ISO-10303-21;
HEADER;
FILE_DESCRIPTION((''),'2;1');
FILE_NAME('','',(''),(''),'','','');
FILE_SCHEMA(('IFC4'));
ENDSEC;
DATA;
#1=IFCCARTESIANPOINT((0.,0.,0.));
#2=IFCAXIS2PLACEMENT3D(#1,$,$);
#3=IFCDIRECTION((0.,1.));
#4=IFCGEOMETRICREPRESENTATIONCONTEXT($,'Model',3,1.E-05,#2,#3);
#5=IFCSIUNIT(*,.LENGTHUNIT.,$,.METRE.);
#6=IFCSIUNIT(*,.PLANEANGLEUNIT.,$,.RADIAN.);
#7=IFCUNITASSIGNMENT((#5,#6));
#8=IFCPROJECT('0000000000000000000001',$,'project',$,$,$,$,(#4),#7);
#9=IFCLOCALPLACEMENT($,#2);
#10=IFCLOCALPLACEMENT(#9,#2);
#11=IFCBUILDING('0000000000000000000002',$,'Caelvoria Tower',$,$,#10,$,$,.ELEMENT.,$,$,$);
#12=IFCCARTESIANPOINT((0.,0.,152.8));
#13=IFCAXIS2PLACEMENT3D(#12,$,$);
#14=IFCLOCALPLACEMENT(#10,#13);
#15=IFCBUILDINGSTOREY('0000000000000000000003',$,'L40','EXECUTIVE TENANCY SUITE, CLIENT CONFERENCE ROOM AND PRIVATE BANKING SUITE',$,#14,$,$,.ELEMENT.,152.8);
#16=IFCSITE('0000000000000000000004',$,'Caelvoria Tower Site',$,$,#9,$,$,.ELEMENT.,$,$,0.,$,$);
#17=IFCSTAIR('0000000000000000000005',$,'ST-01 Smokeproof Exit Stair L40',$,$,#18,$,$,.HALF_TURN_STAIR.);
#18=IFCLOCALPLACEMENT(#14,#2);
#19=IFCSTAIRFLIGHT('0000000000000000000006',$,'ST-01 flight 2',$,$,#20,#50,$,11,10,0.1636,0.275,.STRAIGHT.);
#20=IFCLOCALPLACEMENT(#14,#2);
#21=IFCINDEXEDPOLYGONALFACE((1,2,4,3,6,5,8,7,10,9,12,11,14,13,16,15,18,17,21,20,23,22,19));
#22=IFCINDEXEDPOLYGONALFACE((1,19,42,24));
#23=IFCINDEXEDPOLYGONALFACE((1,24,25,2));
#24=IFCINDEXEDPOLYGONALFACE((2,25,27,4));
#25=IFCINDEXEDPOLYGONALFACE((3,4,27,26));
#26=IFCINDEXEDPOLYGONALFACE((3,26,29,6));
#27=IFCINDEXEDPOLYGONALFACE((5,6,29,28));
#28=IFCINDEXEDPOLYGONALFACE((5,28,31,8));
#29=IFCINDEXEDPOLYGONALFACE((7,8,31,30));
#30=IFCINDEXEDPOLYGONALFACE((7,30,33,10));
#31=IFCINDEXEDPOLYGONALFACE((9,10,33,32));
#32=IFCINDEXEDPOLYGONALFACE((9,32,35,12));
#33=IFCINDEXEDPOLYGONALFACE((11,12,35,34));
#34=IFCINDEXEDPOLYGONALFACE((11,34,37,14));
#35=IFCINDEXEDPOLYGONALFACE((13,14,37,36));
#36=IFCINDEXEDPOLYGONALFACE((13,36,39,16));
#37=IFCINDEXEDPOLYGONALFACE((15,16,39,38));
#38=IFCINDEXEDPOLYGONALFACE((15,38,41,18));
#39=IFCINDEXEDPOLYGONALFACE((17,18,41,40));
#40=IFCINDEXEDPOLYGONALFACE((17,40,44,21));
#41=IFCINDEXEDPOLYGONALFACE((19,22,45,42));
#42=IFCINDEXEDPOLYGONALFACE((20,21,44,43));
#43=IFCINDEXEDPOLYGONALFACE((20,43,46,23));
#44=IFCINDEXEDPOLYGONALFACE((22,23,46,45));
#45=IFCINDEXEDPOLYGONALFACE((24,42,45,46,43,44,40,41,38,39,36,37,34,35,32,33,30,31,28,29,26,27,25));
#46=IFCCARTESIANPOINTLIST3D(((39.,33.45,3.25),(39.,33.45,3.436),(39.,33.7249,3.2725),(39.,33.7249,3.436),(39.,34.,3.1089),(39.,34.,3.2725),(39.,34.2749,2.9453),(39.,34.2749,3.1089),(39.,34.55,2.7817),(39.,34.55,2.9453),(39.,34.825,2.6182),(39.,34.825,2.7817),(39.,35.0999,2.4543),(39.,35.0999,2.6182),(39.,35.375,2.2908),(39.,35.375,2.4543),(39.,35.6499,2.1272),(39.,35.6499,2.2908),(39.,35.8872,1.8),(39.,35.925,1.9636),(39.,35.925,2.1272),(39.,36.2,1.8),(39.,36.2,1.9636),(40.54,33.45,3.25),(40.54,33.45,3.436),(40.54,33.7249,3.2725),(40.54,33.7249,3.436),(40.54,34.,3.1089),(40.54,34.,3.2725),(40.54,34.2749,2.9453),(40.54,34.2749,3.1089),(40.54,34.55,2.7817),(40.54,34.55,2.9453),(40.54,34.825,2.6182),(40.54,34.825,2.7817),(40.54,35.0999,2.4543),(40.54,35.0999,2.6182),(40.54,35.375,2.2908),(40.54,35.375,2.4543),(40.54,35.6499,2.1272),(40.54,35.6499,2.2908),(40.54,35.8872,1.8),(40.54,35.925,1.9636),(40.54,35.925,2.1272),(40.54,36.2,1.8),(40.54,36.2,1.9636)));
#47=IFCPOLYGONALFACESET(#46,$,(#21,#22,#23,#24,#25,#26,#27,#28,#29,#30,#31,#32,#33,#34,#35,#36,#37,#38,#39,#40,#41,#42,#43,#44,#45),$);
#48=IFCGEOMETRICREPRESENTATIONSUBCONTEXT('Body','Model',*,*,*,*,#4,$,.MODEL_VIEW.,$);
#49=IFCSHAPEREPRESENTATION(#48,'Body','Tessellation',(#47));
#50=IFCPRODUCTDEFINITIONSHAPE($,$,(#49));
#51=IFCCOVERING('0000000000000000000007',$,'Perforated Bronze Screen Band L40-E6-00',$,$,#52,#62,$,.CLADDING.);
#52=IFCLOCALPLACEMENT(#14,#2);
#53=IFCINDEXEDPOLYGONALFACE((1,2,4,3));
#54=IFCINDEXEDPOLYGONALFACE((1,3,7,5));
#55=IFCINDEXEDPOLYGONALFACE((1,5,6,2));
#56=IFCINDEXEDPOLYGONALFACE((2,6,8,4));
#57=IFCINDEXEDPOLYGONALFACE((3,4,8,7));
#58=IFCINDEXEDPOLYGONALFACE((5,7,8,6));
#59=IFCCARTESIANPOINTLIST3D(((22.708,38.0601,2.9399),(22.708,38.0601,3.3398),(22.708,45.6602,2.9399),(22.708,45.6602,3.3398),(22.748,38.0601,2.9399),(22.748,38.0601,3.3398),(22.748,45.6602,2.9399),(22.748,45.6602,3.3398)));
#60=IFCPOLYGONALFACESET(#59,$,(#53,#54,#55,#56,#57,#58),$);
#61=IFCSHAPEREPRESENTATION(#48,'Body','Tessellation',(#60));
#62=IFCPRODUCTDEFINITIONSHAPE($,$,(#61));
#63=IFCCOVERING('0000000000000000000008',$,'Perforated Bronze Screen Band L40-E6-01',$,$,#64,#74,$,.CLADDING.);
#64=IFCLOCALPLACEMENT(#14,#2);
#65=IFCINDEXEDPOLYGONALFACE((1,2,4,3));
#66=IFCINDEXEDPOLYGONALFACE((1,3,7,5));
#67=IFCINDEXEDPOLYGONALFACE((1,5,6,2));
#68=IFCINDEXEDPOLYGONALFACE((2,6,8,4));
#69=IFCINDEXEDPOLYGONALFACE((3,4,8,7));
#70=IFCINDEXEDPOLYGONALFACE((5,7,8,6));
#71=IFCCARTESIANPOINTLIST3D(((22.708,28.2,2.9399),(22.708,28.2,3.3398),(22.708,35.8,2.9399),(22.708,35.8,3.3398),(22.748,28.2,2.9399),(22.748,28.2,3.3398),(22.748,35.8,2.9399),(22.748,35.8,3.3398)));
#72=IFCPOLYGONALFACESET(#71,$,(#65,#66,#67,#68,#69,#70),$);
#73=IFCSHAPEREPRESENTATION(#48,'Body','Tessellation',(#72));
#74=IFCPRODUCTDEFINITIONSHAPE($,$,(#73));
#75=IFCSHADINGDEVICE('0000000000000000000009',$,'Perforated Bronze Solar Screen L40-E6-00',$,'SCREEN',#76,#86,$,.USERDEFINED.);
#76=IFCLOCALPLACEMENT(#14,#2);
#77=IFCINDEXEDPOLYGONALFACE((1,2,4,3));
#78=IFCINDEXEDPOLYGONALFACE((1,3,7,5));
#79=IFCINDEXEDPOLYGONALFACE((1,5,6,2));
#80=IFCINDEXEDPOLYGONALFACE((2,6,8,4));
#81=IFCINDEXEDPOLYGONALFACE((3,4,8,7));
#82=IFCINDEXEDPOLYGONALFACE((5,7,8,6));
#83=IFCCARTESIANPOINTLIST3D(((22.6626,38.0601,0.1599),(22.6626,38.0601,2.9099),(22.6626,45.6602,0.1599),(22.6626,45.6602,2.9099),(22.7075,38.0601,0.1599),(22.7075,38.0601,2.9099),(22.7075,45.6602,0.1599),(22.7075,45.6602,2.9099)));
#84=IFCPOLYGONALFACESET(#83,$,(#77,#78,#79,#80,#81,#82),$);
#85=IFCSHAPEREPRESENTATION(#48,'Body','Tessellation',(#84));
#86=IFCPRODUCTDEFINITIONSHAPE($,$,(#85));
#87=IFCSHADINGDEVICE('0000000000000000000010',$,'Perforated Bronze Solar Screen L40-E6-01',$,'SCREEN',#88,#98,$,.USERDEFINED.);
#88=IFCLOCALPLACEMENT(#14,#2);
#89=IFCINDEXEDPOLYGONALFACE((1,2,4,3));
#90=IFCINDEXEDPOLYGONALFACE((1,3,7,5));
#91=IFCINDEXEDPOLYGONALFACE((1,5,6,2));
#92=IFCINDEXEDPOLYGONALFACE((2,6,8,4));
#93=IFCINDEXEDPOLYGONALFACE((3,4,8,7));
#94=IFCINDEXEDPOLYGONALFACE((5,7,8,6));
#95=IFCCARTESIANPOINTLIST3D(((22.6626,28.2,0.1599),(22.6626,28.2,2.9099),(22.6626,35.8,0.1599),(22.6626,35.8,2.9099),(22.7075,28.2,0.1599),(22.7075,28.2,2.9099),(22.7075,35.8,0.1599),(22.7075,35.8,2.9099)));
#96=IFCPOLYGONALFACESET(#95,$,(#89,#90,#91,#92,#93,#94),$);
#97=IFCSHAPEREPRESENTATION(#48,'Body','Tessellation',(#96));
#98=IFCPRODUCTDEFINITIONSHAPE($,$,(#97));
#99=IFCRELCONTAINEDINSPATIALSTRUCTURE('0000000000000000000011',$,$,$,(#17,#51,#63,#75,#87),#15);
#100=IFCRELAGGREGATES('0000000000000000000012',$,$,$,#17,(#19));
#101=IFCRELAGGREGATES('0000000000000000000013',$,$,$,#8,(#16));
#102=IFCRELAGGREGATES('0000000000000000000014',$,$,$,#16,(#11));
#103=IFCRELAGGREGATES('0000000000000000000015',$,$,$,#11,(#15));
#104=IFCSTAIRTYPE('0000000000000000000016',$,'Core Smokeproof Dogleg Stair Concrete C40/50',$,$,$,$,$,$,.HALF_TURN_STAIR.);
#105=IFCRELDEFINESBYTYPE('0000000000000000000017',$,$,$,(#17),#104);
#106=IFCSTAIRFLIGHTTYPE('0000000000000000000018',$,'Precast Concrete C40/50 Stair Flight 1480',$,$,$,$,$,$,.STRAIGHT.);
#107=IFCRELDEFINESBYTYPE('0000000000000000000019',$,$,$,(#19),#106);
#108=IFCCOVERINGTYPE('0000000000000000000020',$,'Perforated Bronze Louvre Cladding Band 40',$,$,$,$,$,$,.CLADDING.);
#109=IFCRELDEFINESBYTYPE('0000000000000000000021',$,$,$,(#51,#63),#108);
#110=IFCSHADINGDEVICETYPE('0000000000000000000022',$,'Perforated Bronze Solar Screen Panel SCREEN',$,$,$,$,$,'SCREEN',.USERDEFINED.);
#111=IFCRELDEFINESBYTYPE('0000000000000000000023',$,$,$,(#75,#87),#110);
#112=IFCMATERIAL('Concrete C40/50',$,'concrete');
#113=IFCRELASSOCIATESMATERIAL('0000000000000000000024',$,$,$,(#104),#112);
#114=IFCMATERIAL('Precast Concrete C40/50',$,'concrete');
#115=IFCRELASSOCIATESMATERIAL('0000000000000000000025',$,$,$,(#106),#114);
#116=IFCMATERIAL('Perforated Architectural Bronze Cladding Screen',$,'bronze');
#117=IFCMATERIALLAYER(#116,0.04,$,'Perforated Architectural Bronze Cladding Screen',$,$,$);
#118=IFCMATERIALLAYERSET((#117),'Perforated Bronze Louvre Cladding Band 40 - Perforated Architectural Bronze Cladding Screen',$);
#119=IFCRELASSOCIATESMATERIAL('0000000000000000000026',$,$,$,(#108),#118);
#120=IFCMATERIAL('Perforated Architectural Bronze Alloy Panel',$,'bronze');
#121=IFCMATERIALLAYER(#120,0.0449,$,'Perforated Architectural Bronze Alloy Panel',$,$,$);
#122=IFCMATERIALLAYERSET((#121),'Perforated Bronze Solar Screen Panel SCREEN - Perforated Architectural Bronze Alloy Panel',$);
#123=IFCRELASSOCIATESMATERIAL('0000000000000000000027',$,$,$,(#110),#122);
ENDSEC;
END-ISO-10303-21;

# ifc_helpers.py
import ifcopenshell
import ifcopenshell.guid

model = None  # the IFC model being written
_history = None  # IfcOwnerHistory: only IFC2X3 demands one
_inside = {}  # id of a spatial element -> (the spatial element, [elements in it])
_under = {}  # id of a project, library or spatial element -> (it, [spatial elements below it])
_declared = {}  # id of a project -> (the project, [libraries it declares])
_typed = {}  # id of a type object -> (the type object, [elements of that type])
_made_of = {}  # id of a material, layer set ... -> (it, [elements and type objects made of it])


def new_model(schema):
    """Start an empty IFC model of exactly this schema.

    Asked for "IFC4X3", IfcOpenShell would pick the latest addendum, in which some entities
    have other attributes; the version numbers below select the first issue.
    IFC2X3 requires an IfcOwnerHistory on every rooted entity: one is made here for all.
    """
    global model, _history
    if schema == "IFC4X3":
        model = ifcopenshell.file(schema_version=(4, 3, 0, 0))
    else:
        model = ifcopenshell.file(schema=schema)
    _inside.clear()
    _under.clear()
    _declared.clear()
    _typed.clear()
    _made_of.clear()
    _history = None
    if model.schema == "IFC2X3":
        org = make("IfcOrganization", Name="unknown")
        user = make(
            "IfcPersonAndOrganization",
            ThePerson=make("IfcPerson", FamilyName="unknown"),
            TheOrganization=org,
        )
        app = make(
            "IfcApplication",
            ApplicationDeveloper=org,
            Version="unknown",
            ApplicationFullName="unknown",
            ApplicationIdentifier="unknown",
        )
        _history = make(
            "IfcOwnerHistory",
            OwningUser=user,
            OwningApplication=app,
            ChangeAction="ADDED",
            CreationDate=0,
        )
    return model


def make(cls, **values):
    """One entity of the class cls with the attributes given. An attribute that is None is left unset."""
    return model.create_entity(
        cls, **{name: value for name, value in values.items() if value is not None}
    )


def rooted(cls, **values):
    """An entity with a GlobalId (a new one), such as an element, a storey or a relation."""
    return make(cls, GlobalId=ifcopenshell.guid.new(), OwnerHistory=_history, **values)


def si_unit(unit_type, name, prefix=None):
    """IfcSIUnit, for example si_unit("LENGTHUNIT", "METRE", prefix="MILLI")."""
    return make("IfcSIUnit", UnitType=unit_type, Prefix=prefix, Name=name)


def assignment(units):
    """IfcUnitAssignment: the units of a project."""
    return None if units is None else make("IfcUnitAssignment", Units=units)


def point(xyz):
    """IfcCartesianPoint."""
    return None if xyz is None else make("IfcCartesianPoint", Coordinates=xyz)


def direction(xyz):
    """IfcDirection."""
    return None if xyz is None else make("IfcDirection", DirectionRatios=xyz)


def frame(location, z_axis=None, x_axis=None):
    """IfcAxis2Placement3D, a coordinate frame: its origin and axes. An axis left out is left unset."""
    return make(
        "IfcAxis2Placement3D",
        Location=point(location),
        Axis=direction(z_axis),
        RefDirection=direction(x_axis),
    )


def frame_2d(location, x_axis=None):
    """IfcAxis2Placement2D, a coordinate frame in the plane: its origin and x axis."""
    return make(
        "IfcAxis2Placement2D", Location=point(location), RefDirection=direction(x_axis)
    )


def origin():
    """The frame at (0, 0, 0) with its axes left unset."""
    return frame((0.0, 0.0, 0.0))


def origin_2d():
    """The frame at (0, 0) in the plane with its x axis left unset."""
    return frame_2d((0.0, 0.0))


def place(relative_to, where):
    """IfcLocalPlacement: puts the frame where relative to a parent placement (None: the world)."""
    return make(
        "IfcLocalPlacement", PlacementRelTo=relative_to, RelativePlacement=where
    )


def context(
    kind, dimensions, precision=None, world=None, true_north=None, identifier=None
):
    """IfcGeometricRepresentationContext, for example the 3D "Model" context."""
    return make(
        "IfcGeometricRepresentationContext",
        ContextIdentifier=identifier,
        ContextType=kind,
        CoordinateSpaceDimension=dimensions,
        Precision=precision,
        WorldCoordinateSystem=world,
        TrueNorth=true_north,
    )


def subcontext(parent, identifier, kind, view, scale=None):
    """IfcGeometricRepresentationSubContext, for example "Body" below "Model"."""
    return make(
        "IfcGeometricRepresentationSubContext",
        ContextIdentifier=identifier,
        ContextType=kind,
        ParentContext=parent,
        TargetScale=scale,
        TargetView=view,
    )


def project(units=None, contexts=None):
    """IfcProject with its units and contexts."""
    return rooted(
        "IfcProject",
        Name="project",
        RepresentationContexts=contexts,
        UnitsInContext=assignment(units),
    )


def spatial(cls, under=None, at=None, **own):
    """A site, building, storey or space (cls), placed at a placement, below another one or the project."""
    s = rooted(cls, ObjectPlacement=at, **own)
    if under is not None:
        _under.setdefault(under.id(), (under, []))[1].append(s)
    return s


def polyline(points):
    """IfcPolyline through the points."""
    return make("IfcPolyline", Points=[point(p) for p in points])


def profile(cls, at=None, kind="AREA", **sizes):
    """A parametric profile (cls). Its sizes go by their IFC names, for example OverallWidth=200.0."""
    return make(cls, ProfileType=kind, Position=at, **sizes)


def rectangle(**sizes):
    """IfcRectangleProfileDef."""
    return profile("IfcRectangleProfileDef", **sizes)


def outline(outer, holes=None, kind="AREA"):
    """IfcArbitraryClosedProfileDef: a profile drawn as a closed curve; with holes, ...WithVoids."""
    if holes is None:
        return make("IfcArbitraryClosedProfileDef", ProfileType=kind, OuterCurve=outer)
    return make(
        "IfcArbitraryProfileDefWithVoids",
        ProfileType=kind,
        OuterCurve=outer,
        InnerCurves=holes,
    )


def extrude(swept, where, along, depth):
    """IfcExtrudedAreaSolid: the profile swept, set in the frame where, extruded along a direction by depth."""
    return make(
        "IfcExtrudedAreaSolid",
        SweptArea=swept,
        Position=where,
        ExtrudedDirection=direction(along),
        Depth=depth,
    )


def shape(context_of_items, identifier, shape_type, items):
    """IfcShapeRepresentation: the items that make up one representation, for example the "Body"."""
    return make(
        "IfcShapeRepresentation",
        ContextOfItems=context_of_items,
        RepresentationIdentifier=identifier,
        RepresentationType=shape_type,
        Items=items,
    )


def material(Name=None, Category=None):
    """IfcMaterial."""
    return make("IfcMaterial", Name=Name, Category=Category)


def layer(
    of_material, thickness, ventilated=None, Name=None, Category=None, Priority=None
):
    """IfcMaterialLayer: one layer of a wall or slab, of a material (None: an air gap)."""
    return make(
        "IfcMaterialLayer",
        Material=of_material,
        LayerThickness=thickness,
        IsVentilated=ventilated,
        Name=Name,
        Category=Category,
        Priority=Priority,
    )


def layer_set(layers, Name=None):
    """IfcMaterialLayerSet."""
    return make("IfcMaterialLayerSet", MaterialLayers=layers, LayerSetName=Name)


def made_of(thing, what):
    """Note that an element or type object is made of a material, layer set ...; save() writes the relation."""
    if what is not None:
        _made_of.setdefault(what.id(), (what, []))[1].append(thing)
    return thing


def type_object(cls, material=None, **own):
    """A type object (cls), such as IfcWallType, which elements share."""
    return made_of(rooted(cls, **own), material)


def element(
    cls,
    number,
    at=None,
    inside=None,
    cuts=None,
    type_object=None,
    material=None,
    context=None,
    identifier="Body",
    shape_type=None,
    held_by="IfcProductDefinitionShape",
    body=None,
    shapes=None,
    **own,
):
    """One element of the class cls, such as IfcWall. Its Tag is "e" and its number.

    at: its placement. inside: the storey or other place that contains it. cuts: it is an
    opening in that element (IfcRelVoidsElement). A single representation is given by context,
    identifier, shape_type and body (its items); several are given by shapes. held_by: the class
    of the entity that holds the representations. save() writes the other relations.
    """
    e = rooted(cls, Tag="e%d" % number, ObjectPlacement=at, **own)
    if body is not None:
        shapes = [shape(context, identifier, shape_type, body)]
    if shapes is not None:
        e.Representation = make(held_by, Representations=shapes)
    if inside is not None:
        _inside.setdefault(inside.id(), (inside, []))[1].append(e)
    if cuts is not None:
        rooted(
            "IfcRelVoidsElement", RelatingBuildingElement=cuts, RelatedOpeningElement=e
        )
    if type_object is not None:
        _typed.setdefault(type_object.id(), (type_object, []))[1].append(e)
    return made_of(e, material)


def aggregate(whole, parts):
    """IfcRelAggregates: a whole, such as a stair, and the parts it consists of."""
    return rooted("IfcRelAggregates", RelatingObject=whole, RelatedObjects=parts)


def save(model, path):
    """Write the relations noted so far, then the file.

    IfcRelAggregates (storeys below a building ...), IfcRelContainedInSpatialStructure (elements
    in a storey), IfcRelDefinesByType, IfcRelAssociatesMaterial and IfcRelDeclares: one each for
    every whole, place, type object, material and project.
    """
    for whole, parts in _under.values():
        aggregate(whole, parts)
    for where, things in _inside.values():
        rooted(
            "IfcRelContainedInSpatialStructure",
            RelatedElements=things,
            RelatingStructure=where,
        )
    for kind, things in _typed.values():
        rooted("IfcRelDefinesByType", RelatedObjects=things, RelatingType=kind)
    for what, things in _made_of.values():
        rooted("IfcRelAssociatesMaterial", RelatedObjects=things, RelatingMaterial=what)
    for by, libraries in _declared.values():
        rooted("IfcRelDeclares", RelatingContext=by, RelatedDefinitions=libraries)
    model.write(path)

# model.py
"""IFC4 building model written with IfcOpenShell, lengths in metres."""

from ifc_helpers import new_model, si_unit, direction, frame, origin, origin_2d, place, context, subcontext, project, spatial, polyline, rectangle, outline, extrude, material, layer, layer_set, type_object, element, aggregate, save


model = new_model("IFC4")

# Units and contexts
model_context = context("Model", 3, precision=1e-05, world=origin(), true_north=direction((0.0, 1.0)))
body_context = subcontext(model_context, "Body", "Model", "MODEL_VIEW")
ifc_project = project(units=[si_unit("LENGTHUNIT", "METRE"), si_unit("PLANEANGLEUNIT", "RADIAN")], contexts=[model_context])

# Site, building, storey
site_placement = place(None, origin())
site = spatial("IfcSite", under=ifc_project, at=site_placement, Name="Caelvoria Tower Site", CompositionType="ELEMENT", RefElevation=0.0)
building_placement = place(site_placement, origin())
building = spatial("IfcBuilding", under=site, at=building_placement, Name="Caelvoria Tower", CompositionType="ELEMENT")
storey_placement = place(building_placement, frame((0.0, 0.0, 152.8)))
storey = spatial("IfcBuildingStorey", under=building, at=storey_placement, Name="L40", Description="EXECUTIVE TENANCY SUITE, CLIENT CONFERENCE ROOM AND PRIVATE BANKING SUITE", CompositionType="ELEMENT", Elevation=152.8)

# Stair, stair flight
ifc_material_1 = material(Name="Concrete C40/50", Category="concrete")
stair_type = type_object("IfcStairType", Name="Core Smokeproof Dogleg Stair Concrete C40/50", PredefinedType="HALF_TURN_STAIR", material=ifc_material_1)
stair_placement = place(storey_placement, origin())
stair = element("IfcStair", 1, at=stair_placement, inside=storey, type_object=stair_type, Name="ST-01 Smokeproof Exit Stair L40", PredefinedType="HALF_TURN_STAIR")
ifc_material_2 = material(Name="Precast Concrete C40/50", Category="concrete")
stair_flight_type = type_object("IfcStairFlightType", Name="Precast Concrete C40/50 Stair Flight 1480", PredefinedType="STRAIGHT", material=ifc_material_2)
stair_flight_1_placement = place(storey_placement, frame((39.77, 36.2, 1.8), z_axis=(0.0, 0.0, 1.0), x_axis=(0.0, -1.0, 0.0)))
stair_flight_1 = element("IfcStairFlight", 2, at=stair_flight_1_placement, type_object=stair_flight_type, Name="ST-01 flight 2", NumberOfRisers=11, NumberOfTreads=10, PredefinedType="STRAIGHT", RiserHeight=0.1636, TreadLength=0.275, context=body_context, shape_type="SweptSolid", body=[
    extrude(outline(polyline([(0.0, 0.0), (0.0, 0.1636), (0.2749, 0.1636), (0.2749, 0.3271), (0.55, 0.3271), (0.55, 0.4907), (0.825, 0.4907), (0.825, 0.6543), (1.1001, 0.6543), (1.1001, 0.8181), (1.375, 0.8181), (1.375, 0.9817), (1.6499, 0.9817), (1.6499, 1.1453), (1.925, 1.1453), (1.925, 1.3088), (2.2, 1.3088), (2.2, 1.4724), (2.4751, 1.4724), (2.4751, 1.636), (2.75, 1.636), (2.75, 1.7996), (2.75, 1.45), (0.3127, 0.0), (0.0, 0.0)])), frame((0.0, 0.77, 0.0), z_axis=(0.0, -1.0, 0.0), x_axis=(1.0, 0.0, 0.0)), (0.0, 0.0, 1.0), 1.54),
])
aggregate(stair, [stair_flight_1])

# Coverings
ifc_material_3 = material(Name="Perforated Architectural Bronze Cladding Screen", Category="bronze")
ifc_layer_1 = layer(ifc_material_3, 0.04, Name="Perforated Architectural Bronze Cladding Screen")
ifc_layer_set_1 = layer_set([ifc_layer_1], Name="Perforated Bronze Louvre Cladding Band 40 - Perforated Architectural Bronze Cladding Screen")
covering_type = type_object("IfcCoveringType", Name="Perforated Bronze Louvre Cladding Band 40", PredefinedType="CLADDING", material=ifc_layer_set_1)
for number, where, z_axis, x_axis, name in (
    (3, (22.728, 41.8601, 2.9399), (0.0, 0.0, 1.0), (0.0, -1.0, 0.0), "Perforated Bronze Screen Band L40-E6-00"),
    (4, (22.728, 32.0, 2.9399), (0.0, 0.0, 1.0), (0.0, -1.0, 0.0), "Perforated Bronze Screen Band L40-E6-01"),
):
    element("IfcCovering", number, at=place(storey_placement, frame(where, z_axis=z_axis, x_axis=x_axis)), inside=storey, type_object=covering_type, Name=name, PredefinedType="CLADDING", context=body_context, shape_type="SweptSolid", body=[
        extrude(rectangle(XDim=7.6001, YDim=0.04, at=origin_2d()), origin(), (0.0, 0.0, 1.0), 0.3999),
    ])

# Shading devices
ifc_material_4 = material(Name="Perforated Architectural Bronze Alloy Panel", Category="bronze")
ifc_layer_2 = layer(ifc_material_4, 0.0449, Name="Perforated Architectural Bronze Alloy Panel")
ifc_layer_set_2 = layer_set([ifc_layer_2], Name="Perforated Bronze Solar Screen Panel SCREEN - Perforated Architectural Bronze Alloy Panel")
shading_device_type = type_object("IfcShadingDeviceType", Name="Perforated Bronze Solar Screen Panel SCREEN", ElementType="SCREEN", PredefinedType="USERDEFINED", material=ifc_layer_set_2)
for number, where, z_axis, x_axis, name in (
    (5, (22.6851, 41.8601, 0.1599), (0.0, 0.0, 1.0), (0.0, -1.0, 0.0), "Perforated Bronze Solar Screen L40-E6-00"),
    (6, (22.6851, 32.0, 0.1599), (0.0, 0.0, 1.0), (0.0, -1.0, 0.0), "Perforated Bronze Solar Screen L40-E6-01"),
):
    element("IfcShadingDevice", number, at=place(storey_placement, frame(where, z_axis=z_axis, x_axis=x_axis)), inside=storey, type_object=shading_device_type, Name=name, ObjectType="SCREEN", PredefinedType="USERDEFINED", context=body_context, shape_type="SweptSolid", body=[
        extrude(rectangle(XDim=7.6001, YDim=0.0449, at=origin_2d()), origin(), (0.0, 0.0, 1.0), 2.75),
    ])

save(model, "model.ifc")
